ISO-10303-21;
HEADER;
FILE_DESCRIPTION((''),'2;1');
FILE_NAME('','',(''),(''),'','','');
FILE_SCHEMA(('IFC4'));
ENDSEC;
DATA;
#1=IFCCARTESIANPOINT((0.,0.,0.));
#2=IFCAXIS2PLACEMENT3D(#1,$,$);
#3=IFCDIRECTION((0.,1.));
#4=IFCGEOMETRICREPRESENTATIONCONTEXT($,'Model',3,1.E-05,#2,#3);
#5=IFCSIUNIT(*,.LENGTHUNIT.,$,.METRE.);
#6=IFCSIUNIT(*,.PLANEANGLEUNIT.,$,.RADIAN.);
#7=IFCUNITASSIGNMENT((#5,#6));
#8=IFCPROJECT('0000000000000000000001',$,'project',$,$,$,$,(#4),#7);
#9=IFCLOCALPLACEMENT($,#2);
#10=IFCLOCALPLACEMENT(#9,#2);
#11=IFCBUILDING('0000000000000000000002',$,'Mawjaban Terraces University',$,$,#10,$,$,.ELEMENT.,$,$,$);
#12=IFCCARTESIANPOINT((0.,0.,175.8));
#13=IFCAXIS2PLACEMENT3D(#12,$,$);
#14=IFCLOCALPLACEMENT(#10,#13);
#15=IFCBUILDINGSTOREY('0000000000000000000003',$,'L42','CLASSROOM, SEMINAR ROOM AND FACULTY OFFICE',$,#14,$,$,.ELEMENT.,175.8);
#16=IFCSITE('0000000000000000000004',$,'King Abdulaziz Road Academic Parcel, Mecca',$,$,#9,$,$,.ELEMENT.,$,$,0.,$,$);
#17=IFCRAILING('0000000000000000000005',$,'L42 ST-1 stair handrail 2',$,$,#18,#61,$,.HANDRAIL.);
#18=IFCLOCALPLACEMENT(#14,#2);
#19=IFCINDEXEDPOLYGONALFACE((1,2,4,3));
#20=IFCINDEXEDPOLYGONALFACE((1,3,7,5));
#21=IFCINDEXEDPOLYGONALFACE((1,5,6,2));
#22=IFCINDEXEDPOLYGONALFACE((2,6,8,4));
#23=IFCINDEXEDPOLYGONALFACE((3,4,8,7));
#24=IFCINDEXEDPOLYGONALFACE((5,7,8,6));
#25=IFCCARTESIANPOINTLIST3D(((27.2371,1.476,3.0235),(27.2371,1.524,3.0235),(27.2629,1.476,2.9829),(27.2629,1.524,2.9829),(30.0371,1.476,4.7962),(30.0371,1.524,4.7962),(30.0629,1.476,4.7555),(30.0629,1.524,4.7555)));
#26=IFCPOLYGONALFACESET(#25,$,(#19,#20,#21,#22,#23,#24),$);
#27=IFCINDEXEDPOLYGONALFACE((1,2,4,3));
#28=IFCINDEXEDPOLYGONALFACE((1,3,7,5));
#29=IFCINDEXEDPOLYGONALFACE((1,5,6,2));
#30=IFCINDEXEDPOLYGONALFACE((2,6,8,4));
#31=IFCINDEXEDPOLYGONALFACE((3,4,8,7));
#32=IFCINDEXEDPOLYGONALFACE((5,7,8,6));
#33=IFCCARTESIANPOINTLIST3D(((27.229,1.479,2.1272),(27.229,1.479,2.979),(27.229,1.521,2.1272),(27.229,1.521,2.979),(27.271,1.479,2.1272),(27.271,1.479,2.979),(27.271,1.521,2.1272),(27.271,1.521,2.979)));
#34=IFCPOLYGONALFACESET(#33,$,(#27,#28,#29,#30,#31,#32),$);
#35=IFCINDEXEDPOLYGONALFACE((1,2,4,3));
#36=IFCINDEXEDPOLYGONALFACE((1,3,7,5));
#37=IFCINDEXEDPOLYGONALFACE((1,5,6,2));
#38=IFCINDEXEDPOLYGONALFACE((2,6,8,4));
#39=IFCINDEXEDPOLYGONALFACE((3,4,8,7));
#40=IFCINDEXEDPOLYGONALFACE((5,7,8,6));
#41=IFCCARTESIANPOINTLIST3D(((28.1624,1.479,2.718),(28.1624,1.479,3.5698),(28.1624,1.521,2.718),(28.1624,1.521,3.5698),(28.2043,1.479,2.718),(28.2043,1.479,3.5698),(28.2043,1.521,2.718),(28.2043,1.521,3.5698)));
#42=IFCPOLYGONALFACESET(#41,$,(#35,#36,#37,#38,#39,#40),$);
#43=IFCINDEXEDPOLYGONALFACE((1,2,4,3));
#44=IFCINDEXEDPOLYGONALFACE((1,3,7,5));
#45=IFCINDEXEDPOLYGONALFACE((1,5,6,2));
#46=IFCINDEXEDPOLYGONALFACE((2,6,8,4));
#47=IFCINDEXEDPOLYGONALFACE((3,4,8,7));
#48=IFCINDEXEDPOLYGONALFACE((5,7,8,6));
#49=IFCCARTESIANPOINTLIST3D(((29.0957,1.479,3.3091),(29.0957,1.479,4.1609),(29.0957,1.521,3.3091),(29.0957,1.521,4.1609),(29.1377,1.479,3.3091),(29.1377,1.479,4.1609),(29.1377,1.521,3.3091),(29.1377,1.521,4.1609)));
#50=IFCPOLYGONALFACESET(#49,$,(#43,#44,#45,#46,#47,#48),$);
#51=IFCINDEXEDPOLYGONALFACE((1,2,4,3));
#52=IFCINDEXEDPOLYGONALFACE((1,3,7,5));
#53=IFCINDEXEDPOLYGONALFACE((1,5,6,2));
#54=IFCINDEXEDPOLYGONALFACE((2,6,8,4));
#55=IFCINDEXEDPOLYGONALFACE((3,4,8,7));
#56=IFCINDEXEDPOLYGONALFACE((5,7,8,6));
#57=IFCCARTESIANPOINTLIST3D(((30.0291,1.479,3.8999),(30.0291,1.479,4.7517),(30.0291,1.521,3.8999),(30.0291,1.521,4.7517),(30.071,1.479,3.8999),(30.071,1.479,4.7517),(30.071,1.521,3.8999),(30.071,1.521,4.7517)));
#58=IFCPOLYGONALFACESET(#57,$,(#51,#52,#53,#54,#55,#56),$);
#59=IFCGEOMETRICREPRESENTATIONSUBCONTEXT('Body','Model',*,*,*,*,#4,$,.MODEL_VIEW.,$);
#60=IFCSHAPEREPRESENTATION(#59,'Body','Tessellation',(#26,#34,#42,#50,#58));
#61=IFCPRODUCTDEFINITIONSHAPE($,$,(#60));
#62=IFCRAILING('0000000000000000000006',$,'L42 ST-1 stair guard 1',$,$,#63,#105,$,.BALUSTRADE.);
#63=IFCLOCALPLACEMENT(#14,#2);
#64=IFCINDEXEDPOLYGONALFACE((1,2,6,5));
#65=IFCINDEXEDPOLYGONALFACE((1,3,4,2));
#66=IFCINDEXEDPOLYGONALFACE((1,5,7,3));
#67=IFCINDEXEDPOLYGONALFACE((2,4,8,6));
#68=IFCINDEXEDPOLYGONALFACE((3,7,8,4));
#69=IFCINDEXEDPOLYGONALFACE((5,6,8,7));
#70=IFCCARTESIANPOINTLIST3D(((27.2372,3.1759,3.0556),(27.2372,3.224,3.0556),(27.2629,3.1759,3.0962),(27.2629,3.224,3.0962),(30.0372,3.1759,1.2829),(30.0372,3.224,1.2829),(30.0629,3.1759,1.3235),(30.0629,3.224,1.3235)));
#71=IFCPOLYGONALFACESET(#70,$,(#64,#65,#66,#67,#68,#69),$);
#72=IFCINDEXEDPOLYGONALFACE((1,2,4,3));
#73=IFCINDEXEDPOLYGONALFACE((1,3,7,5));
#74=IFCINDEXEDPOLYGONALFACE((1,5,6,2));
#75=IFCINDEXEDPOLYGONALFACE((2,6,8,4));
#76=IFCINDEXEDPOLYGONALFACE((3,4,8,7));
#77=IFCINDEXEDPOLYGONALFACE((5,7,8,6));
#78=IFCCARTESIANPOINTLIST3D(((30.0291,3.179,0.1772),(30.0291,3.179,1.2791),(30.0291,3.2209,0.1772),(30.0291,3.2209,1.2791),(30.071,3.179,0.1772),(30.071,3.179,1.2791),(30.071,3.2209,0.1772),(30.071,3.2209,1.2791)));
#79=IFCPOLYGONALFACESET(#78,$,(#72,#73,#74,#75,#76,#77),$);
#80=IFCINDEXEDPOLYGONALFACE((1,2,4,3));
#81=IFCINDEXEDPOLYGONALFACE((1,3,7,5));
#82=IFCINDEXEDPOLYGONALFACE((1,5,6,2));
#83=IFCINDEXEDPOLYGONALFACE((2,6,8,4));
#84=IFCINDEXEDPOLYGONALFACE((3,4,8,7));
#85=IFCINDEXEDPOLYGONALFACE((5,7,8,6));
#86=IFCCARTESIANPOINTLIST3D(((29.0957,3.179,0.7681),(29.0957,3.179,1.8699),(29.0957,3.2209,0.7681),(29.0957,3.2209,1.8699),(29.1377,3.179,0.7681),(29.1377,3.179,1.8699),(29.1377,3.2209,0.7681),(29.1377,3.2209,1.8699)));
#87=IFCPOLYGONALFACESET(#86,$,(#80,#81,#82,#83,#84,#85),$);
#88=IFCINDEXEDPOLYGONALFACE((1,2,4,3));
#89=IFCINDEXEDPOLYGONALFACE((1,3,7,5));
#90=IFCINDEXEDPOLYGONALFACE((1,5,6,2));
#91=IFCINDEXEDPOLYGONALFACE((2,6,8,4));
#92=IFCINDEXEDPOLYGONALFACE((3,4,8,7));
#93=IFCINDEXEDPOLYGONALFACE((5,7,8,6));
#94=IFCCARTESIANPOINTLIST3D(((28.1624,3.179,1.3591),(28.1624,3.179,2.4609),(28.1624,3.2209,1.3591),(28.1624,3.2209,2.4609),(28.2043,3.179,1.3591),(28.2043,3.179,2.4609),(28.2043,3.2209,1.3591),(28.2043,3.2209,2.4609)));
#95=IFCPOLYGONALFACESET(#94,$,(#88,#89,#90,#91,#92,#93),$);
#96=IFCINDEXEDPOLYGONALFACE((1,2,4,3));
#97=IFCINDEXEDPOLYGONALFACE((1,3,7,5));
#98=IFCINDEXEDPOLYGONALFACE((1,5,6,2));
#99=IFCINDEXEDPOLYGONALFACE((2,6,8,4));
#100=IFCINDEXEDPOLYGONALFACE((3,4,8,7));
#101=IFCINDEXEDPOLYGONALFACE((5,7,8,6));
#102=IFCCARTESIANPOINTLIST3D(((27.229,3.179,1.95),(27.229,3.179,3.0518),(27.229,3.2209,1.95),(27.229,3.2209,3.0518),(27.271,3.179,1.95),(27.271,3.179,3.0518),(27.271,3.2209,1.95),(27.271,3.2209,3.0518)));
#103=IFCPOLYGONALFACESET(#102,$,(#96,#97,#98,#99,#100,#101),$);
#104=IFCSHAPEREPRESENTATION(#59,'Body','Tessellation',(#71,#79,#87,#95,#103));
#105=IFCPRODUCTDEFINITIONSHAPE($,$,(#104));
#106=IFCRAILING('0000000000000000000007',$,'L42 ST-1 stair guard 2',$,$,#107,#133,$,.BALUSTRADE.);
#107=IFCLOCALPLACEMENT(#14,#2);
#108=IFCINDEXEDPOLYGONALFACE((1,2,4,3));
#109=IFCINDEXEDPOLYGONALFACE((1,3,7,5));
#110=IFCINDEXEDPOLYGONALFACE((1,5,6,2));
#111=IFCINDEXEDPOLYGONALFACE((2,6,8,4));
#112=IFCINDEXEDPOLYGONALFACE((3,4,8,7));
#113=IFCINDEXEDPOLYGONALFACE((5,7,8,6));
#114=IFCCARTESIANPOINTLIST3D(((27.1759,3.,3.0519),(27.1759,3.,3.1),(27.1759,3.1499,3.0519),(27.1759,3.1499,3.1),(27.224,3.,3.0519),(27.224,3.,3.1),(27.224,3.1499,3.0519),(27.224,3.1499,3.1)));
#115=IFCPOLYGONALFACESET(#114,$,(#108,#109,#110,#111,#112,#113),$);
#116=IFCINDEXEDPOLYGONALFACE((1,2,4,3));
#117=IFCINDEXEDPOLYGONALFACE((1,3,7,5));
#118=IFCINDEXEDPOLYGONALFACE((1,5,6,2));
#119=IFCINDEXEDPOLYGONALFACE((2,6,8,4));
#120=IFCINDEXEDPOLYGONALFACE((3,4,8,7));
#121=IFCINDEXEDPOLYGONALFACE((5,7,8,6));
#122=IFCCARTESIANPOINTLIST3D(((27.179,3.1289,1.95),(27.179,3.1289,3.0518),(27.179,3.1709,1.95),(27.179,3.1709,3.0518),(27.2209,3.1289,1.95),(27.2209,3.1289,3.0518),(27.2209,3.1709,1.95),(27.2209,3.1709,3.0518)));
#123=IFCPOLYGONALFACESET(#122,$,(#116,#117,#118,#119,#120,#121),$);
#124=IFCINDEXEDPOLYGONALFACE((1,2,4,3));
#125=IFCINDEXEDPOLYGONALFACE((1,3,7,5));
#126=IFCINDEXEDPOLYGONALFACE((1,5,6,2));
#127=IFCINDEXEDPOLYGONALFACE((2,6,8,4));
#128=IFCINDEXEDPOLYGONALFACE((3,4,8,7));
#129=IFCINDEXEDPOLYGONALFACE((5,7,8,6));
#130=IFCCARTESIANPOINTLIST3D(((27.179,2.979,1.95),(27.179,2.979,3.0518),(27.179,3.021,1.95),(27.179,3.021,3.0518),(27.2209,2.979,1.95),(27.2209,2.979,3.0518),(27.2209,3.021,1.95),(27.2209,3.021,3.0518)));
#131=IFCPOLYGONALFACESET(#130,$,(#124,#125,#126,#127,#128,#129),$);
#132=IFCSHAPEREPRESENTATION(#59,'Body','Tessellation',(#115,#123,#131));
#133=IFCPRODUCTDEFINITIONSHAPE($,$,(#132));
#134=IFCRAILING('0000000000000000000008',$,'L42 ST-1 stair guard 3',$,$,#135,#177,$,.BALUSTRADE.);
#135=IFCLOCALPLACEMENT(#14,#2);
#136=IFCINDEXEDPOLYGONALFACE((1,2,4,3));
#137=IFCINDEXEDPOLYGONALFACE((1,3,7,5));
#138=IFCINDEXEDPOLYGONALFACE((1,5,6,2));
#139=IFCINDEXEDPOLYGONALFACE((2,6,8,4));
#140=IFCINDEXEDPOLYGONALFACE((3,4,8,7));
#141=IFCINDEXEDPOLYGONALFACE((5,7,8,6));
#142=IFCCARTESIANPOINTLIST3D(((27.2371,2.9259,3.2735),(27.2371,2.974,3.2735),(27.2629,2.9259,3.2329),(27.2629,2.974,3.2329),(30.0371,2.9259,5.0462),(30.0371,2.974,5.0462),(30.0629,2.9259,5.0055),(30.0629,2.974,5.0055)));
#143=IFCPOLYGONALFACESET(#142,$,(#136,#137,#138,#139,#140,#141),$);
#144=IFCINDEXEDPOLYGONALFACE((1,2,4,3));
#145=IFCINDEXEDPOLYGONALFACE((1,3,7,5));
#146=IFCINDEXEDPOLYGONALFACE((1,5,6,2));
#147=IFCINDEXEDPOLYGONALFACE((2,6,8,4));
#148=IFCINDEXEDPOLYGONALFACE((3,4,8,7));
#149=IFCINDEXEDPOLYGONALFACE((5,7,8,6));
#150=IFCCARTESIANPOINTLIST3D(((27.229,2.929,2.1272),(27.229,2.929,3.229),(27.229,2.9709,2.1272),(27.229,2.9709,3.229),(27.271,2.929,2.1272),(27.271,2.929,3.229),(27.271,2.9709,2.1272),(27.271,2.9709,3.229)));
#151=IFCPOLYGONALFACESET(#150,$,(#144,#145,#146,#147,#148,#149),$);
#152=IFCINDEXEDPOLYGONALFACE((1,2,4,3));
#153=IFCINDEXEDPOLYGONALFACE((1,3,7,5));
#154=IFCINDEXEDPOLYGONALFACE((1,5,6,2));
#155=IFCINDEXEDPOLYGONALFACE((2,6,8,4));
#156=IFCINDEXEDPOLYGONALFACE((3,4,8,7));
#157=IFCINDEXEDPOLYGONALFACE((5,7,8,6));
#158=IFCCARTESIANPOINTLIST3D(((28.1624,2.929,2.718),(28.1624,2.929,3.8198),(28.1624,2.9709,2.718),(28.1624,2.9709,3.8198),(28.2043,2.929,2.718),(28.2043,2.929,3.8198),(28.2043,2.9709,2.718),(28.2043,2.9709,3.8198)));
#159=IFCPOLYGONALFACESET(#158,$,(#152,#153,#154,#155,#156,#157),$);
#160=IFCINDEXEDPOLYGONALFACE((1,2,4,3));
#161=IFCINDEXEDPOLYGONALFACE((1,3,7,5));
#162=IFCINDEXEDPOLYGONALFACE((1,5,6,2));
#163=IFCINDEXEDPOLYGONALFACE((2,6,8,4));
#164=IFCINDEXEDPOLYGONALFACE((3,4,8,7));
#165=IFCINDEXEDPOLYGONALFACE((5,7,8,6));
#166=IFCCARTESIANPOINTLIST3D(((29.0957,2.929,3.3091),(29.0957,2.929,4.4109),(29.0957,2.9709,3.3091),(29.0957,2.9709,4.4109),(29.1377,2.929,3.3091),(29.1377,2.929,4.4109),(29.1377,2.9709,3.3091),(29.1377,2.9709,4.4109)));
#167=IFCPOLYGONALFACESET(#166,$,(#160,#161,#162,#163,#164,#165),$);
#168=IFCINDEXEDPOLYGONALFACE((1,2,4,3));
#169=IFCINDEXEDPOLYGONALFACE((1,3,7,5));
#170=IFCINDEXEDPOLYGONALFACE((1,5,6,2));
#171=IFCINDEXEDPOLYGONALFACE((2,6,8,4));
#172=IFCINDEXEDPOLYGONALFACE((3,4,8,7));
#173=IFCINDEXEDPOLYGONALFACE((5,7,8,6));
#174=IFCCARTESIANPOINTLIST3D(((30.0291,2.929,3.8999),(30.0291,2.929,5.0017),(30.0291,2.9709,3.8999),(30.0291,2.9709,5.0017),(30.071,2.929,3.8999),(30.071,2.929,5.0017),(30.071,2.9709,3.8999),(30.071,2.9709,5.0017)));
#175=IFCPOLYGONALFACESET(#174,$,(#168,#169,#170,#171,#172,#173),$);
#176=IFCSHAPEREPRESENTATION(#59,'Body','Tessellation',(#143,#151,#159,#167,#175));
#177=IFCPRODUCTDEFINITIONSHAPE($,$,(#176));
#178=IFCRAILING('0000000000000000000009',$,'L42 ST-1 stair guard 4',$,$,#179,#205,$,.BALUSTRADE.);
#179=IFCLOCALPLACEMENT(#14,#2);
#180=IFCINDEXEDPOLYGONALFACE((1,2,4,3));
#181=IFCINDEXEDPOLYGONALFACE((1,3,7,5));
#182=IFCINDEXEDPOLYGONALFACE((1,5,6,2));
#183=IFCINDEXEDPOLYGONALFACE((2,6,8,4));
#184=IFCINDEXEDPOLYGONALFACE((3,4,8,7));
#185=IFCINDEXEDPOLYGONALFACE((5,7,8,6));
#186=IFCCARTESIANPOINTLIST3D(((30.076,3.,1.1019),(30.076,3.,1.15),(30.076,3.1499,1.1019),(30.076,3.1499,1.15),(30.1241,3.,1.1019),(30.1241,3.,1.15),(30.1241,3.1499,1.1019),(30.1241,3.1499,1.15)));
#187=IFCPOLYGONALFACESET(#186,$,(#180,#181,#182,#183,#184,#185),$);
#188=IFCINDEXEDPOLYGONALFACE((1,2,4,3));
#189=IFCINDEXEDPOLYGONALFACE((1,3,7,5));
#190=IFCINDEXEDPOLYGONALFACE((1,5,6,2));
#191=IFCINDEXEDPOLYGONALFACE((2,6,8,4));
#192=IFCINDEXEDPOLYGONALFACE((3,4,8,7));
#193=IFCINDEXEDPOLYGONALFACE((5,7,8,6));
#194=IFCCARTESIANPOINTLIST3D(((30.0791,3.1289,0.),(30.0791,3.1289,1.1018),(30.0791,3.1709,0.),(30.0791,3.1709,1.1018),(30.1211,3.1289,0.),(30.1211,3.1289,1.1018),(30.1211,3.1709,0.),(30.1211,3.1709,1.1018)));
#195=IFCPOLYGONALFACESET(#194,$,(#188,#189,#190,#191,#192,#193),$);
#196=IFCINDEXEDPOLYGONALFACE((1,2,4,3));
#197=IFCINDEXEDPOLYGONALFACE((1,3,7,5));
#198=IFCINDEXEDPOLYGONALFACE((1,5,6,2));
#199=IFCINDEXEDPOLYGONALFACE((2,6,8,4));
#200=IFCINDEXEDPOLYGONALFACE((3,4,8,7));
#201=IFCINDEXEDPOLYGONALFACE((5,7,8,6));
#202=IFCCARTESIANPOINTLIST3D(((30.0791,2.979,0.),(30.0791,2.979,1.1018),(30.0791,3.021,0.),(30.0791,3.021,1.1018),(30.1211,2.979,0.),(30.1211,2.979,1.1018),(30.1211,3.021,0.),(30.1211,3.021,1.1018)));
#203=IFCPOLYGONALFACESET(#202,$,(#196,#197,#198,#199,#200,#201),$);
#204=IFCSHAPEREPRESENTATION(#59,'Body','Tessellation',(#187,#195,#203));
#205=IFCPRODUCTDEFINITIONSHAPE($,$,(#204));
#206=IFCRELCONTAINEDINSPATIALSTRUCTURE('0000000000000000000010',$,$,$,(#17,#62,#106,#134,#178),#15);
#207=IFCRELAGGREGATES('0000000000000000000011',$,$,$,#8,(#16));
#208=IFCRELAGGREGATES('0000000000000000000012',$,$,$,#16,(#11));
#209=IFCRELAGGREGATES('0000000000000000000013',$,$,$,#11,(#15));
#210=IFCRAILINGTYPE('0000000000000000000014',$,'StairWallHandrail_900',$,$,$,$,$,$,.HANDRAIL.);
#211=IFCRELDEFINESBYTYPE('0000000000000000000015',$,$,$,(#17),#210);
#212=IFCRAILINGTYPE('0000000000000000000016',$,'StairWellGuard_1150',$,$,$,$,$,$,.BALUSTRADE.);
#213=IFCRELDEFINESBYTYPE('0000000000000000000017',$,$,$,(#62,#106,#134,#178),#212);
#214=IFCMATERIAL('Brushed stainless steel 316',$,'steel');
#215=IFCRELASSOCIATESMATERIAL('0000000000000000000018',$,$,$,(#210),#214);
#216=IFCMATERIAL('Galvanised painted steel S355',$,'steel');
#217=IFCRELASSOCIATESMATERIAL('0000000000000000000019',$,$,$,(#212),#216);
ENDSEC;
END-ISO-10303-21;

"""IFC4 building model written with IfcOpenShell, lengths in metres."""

from ifc_helpers import new_model, si_unit, direction, frame, origin, origin_2d, place, context, subcontext, project, spatial, rectangle, extrude, material, type_object, element, save


model = new_model("IFC4")

# Units and contexts
model_context = context("Model", 3, precision=1e-05, world=origin(), true_north=direction((0.0, 1.0)))
body_context = subcontext(model_context, "Body", "Model", "MODEL_VIEW")
ifc_project = project(units=[si_unit("LENGTHUNIT", "METRE"), si_unit("PLANEANGLEUNIT", "RADIAN")], contexts=[model_context])

# Site, building, storey
site_placement = place(None, origin())
site = spatial("IfcSite", under=ifc_project, at=site_placement, Name="King Abdulaziz Road Academic Parcel, Mecca", CompositionType="ELEMENT", RefElevation=0.0)
building_placement = place(site_placement, origin())
building = spatial("IfcBuilding", under=site, at=building_placement, Name="Mawjaban Terraces University", CompositionType="ELEMENT")
storey_placement = place(building_placement, frame((0.0, 0.0, 175.8)))
storey = spatial("IfcBuildingStorey", under=building, at=storey_placement, Name="L42", Description="CLASSROOM, SEMINAR ROOM AND FACULTY OFFICE", CompositionType="ELEMENT", Elevation=175.8)

# Railings
ifc_material_1 = material(Name="Brushed stainless steel 316", Category="steel")
railing_type_1 = type_object("IfcRailingType", Name="StairWallHandrail_900", PredefinedType="HANDRAIL", material=ifc_material_1)
railing_1_placement = place(storey_placement, frame((27.25, 1.5, 2.1272)))
element("IfcRailing", 1, at=railing_1_placement, inside=storey, type_object=railing_type_1, Name="L42 ST-1 stair handrail 2", PredefinedType="HANDRAIL", context=body_context, shape_type="SweptSolid", body=[
    extrude(rectangle(XDim=0.0481, YDim=0.0481, at=origin_2d()), frame((0.0, 0.0, 0.876), z_axis=(0.844909, 0.0, 0.53491), x_axis=(0.0, 1.0, 0.0)), (0.0, 0.0, 1.0), 3.314),
    extrude(rectangle(XDim=0.042, YDim=0.042, at=origin_2d()), origin(), (0.0, 0.0, 1.0), 0.8518),
    extrude(rectangle(XDim=0.042, YDim=0.042, at=origin_2d()), frame((0.9333, 0.0, 0.5908)), (0.0, 0.0, 1.0), 0.8518),
    extrude(rectangle(XDim=0.042, YDim=0.042, at=origin_2d()), frame((1.8667, 0.0, 1.1819)), (0.0, 0.0, 1.0), 0.8518),
    extrude(rectangle(XDim=0.042, YDim=0.042, at=origin_2d()), frame((2.8, 0.0, 1.7727)), (0.0, 0.0, 1.0), 0.8518),
])
ifc_material_2 = material(Name="Galvanised painted steel S355", Category="steel")
railing_type_2 = type_object("IfcRailingType", Name="StairWellGuard_1150", PredefinedType="BALUSTRADE", material=ifc_material_2)
railing_2_placement = place(storey_placement, frame((30.05, 3.2, 0.1772)))
element("IfcRailing", 2, at=railing_2_placement, inside=storey, type_object=railing_type_2, Name="L42 ST-1 stair guard 1", PredefinedType="BALUSTRADE", context=body_context, shape_type="SweptSolid", body=[
    extrude(rectangle(XDim=0.0481, YDim=0.0481, at=origin_2d()), frame((0.0, 0.0, 1.126), z_axis=(-0.844909, 0.0, 0.53491), x_axis=(0.0, -1.0, 0.0)), (0.0, 0.0, 1.0), 3.314),
    extrude(rectangle(XDim=0.042, YDim=0.042, at=origin_2d()), origin(), (0.0, 0.0, 1.0), 1.1018),
    extrude(rectangle(XDim=0.042, YDim=0.042, at=origin_2d()), frame((-0.9333, 0.0, 0.5908)), (0.0, 0.0, 1.0), 1.1018),
    extrude(rectangle(XDim=0.042, YDim=0.042, at=origin_2d()), frame((-1.8667, 0.0, 1.1819)), (0.0, 0.0, 1.0), 1.1018),
    extrude(rectangle(XDim=0.042, YDim=0.042, at=origin_2d()), frame((-2.8, 0.0, 1.7727)), (0.0, 0.0, 1.0), 1.1018),
])
railing_3_placement = place(storey_placement, frame((27.2, 3.1499, 1.95)))
element("IfcRailing", 3, at=railing_3_placement, inside=storey, type_object=railing_type_2, Name="L42 ST-1 stair guard 2", PredefinedType="BALUSTRADE", context=body_context, shape_type="SweptSolid", body=[
    extrude(rectangle(XDim=0.0481, YDim=0.0481, at=origin_2d()), frame((0.0, 0.0, 1.126), z_axis=(0.0, -1.0, 0.0), x_axis=(1.0, 0.0, 0.0)), (0.0, 0.0, 1.0), 0.1499),
    extrude(rectangle(XDim=0.042, YDim=0.042, at=origin_2d()), origin(), (0.0, 0.0, 1.0), 1.1018),
    extrude(rectangle(XDim=0.042, YDim=0.042, at=origin_2d()), frame((0.0, -0.1499, 0.0)), (0.0, 0.0, 1.0), 1.1018),
])
railing_4_placement = place(storey_placement, frame((27.25, 2.95, 2.1272)))
element("IfcRailing", 4, at=railing_4_placement, inside=storey, type_object=railing_type_2, Name="L42 ST-1 stair guard 3", PredefinedType="BALUSTRADE", context=body_context, shape_type="SweptSolid", body=[
    extrude(rectangle(XDim=0.0481, YDim=0.0481, at=origin_2d()), frame((0.0, 0.0, 1.126), z_axis=(0.844909, 0.0, 0.53491), x_axis=(0.0, 1.0, 0.0)), (0.0, 0.0, 1.0), 3.314),
    extrude(rectangle(XDim=0.042, YDim=0.042, at=origin_2d()), origin(), (0.0, 0.0, 1.0), 1.1018),
    extrude(rectangle(XDim=0.042, YDim=0.042, at=origin_2d()), frame((0.9333, 0.0, 0.5908)), (0.0, 0.0, 1.0), 1.1018),
    extrude(rectangle(XDim=0.042, YDim=0.042, at=origin_2d()), frame((1.8667, 0.0, 1.1819)), (0.0, 0.0, 1.0), 1.1018),
    extrude(rectangle(XDim=0.042, YDim=0.042, at=origin_2d()), frame((2.8, 0.0, 1.7727)), (0.0, 0.0, 1.0), 1.1018),
])
railing_5_placement = place(storey_placement, frame((30.1001, 3.1499, 0.0)))
element("IfcRailing", 5, at=railing_5_placement, inside=storey, type_object=railing_type_2, Name="L42 ST-1 stair guard 4", PredefinedType="BALUSTRADE", context=body_context, shape_type="SweptSolid", body=[
    extrude(rectangle(XDim=0.0481, YDim=0.0481, at=origin_2d()), frame((0.0, 0.0, 1.126), z_axis=(0.0, -1.0, 0.0), x_axis=(1.0, 0.0, 0.0)), (0.0, 0.0, 1.0), 0.1499),
    extrude(rectangle(XDim=0.042, YDim=0.042, at=origin_2d()), origin(), (0.0, 0.0, 1.0), 1.1018),
    extrude(rectangle(XDim=0.042, YDim=0.042, at=origin_2d()), frame((0.0, -0.1499, 0.0)), (0.0, 0.0, 1.0), 1.1018),
])

save(model, "model.ifc")
